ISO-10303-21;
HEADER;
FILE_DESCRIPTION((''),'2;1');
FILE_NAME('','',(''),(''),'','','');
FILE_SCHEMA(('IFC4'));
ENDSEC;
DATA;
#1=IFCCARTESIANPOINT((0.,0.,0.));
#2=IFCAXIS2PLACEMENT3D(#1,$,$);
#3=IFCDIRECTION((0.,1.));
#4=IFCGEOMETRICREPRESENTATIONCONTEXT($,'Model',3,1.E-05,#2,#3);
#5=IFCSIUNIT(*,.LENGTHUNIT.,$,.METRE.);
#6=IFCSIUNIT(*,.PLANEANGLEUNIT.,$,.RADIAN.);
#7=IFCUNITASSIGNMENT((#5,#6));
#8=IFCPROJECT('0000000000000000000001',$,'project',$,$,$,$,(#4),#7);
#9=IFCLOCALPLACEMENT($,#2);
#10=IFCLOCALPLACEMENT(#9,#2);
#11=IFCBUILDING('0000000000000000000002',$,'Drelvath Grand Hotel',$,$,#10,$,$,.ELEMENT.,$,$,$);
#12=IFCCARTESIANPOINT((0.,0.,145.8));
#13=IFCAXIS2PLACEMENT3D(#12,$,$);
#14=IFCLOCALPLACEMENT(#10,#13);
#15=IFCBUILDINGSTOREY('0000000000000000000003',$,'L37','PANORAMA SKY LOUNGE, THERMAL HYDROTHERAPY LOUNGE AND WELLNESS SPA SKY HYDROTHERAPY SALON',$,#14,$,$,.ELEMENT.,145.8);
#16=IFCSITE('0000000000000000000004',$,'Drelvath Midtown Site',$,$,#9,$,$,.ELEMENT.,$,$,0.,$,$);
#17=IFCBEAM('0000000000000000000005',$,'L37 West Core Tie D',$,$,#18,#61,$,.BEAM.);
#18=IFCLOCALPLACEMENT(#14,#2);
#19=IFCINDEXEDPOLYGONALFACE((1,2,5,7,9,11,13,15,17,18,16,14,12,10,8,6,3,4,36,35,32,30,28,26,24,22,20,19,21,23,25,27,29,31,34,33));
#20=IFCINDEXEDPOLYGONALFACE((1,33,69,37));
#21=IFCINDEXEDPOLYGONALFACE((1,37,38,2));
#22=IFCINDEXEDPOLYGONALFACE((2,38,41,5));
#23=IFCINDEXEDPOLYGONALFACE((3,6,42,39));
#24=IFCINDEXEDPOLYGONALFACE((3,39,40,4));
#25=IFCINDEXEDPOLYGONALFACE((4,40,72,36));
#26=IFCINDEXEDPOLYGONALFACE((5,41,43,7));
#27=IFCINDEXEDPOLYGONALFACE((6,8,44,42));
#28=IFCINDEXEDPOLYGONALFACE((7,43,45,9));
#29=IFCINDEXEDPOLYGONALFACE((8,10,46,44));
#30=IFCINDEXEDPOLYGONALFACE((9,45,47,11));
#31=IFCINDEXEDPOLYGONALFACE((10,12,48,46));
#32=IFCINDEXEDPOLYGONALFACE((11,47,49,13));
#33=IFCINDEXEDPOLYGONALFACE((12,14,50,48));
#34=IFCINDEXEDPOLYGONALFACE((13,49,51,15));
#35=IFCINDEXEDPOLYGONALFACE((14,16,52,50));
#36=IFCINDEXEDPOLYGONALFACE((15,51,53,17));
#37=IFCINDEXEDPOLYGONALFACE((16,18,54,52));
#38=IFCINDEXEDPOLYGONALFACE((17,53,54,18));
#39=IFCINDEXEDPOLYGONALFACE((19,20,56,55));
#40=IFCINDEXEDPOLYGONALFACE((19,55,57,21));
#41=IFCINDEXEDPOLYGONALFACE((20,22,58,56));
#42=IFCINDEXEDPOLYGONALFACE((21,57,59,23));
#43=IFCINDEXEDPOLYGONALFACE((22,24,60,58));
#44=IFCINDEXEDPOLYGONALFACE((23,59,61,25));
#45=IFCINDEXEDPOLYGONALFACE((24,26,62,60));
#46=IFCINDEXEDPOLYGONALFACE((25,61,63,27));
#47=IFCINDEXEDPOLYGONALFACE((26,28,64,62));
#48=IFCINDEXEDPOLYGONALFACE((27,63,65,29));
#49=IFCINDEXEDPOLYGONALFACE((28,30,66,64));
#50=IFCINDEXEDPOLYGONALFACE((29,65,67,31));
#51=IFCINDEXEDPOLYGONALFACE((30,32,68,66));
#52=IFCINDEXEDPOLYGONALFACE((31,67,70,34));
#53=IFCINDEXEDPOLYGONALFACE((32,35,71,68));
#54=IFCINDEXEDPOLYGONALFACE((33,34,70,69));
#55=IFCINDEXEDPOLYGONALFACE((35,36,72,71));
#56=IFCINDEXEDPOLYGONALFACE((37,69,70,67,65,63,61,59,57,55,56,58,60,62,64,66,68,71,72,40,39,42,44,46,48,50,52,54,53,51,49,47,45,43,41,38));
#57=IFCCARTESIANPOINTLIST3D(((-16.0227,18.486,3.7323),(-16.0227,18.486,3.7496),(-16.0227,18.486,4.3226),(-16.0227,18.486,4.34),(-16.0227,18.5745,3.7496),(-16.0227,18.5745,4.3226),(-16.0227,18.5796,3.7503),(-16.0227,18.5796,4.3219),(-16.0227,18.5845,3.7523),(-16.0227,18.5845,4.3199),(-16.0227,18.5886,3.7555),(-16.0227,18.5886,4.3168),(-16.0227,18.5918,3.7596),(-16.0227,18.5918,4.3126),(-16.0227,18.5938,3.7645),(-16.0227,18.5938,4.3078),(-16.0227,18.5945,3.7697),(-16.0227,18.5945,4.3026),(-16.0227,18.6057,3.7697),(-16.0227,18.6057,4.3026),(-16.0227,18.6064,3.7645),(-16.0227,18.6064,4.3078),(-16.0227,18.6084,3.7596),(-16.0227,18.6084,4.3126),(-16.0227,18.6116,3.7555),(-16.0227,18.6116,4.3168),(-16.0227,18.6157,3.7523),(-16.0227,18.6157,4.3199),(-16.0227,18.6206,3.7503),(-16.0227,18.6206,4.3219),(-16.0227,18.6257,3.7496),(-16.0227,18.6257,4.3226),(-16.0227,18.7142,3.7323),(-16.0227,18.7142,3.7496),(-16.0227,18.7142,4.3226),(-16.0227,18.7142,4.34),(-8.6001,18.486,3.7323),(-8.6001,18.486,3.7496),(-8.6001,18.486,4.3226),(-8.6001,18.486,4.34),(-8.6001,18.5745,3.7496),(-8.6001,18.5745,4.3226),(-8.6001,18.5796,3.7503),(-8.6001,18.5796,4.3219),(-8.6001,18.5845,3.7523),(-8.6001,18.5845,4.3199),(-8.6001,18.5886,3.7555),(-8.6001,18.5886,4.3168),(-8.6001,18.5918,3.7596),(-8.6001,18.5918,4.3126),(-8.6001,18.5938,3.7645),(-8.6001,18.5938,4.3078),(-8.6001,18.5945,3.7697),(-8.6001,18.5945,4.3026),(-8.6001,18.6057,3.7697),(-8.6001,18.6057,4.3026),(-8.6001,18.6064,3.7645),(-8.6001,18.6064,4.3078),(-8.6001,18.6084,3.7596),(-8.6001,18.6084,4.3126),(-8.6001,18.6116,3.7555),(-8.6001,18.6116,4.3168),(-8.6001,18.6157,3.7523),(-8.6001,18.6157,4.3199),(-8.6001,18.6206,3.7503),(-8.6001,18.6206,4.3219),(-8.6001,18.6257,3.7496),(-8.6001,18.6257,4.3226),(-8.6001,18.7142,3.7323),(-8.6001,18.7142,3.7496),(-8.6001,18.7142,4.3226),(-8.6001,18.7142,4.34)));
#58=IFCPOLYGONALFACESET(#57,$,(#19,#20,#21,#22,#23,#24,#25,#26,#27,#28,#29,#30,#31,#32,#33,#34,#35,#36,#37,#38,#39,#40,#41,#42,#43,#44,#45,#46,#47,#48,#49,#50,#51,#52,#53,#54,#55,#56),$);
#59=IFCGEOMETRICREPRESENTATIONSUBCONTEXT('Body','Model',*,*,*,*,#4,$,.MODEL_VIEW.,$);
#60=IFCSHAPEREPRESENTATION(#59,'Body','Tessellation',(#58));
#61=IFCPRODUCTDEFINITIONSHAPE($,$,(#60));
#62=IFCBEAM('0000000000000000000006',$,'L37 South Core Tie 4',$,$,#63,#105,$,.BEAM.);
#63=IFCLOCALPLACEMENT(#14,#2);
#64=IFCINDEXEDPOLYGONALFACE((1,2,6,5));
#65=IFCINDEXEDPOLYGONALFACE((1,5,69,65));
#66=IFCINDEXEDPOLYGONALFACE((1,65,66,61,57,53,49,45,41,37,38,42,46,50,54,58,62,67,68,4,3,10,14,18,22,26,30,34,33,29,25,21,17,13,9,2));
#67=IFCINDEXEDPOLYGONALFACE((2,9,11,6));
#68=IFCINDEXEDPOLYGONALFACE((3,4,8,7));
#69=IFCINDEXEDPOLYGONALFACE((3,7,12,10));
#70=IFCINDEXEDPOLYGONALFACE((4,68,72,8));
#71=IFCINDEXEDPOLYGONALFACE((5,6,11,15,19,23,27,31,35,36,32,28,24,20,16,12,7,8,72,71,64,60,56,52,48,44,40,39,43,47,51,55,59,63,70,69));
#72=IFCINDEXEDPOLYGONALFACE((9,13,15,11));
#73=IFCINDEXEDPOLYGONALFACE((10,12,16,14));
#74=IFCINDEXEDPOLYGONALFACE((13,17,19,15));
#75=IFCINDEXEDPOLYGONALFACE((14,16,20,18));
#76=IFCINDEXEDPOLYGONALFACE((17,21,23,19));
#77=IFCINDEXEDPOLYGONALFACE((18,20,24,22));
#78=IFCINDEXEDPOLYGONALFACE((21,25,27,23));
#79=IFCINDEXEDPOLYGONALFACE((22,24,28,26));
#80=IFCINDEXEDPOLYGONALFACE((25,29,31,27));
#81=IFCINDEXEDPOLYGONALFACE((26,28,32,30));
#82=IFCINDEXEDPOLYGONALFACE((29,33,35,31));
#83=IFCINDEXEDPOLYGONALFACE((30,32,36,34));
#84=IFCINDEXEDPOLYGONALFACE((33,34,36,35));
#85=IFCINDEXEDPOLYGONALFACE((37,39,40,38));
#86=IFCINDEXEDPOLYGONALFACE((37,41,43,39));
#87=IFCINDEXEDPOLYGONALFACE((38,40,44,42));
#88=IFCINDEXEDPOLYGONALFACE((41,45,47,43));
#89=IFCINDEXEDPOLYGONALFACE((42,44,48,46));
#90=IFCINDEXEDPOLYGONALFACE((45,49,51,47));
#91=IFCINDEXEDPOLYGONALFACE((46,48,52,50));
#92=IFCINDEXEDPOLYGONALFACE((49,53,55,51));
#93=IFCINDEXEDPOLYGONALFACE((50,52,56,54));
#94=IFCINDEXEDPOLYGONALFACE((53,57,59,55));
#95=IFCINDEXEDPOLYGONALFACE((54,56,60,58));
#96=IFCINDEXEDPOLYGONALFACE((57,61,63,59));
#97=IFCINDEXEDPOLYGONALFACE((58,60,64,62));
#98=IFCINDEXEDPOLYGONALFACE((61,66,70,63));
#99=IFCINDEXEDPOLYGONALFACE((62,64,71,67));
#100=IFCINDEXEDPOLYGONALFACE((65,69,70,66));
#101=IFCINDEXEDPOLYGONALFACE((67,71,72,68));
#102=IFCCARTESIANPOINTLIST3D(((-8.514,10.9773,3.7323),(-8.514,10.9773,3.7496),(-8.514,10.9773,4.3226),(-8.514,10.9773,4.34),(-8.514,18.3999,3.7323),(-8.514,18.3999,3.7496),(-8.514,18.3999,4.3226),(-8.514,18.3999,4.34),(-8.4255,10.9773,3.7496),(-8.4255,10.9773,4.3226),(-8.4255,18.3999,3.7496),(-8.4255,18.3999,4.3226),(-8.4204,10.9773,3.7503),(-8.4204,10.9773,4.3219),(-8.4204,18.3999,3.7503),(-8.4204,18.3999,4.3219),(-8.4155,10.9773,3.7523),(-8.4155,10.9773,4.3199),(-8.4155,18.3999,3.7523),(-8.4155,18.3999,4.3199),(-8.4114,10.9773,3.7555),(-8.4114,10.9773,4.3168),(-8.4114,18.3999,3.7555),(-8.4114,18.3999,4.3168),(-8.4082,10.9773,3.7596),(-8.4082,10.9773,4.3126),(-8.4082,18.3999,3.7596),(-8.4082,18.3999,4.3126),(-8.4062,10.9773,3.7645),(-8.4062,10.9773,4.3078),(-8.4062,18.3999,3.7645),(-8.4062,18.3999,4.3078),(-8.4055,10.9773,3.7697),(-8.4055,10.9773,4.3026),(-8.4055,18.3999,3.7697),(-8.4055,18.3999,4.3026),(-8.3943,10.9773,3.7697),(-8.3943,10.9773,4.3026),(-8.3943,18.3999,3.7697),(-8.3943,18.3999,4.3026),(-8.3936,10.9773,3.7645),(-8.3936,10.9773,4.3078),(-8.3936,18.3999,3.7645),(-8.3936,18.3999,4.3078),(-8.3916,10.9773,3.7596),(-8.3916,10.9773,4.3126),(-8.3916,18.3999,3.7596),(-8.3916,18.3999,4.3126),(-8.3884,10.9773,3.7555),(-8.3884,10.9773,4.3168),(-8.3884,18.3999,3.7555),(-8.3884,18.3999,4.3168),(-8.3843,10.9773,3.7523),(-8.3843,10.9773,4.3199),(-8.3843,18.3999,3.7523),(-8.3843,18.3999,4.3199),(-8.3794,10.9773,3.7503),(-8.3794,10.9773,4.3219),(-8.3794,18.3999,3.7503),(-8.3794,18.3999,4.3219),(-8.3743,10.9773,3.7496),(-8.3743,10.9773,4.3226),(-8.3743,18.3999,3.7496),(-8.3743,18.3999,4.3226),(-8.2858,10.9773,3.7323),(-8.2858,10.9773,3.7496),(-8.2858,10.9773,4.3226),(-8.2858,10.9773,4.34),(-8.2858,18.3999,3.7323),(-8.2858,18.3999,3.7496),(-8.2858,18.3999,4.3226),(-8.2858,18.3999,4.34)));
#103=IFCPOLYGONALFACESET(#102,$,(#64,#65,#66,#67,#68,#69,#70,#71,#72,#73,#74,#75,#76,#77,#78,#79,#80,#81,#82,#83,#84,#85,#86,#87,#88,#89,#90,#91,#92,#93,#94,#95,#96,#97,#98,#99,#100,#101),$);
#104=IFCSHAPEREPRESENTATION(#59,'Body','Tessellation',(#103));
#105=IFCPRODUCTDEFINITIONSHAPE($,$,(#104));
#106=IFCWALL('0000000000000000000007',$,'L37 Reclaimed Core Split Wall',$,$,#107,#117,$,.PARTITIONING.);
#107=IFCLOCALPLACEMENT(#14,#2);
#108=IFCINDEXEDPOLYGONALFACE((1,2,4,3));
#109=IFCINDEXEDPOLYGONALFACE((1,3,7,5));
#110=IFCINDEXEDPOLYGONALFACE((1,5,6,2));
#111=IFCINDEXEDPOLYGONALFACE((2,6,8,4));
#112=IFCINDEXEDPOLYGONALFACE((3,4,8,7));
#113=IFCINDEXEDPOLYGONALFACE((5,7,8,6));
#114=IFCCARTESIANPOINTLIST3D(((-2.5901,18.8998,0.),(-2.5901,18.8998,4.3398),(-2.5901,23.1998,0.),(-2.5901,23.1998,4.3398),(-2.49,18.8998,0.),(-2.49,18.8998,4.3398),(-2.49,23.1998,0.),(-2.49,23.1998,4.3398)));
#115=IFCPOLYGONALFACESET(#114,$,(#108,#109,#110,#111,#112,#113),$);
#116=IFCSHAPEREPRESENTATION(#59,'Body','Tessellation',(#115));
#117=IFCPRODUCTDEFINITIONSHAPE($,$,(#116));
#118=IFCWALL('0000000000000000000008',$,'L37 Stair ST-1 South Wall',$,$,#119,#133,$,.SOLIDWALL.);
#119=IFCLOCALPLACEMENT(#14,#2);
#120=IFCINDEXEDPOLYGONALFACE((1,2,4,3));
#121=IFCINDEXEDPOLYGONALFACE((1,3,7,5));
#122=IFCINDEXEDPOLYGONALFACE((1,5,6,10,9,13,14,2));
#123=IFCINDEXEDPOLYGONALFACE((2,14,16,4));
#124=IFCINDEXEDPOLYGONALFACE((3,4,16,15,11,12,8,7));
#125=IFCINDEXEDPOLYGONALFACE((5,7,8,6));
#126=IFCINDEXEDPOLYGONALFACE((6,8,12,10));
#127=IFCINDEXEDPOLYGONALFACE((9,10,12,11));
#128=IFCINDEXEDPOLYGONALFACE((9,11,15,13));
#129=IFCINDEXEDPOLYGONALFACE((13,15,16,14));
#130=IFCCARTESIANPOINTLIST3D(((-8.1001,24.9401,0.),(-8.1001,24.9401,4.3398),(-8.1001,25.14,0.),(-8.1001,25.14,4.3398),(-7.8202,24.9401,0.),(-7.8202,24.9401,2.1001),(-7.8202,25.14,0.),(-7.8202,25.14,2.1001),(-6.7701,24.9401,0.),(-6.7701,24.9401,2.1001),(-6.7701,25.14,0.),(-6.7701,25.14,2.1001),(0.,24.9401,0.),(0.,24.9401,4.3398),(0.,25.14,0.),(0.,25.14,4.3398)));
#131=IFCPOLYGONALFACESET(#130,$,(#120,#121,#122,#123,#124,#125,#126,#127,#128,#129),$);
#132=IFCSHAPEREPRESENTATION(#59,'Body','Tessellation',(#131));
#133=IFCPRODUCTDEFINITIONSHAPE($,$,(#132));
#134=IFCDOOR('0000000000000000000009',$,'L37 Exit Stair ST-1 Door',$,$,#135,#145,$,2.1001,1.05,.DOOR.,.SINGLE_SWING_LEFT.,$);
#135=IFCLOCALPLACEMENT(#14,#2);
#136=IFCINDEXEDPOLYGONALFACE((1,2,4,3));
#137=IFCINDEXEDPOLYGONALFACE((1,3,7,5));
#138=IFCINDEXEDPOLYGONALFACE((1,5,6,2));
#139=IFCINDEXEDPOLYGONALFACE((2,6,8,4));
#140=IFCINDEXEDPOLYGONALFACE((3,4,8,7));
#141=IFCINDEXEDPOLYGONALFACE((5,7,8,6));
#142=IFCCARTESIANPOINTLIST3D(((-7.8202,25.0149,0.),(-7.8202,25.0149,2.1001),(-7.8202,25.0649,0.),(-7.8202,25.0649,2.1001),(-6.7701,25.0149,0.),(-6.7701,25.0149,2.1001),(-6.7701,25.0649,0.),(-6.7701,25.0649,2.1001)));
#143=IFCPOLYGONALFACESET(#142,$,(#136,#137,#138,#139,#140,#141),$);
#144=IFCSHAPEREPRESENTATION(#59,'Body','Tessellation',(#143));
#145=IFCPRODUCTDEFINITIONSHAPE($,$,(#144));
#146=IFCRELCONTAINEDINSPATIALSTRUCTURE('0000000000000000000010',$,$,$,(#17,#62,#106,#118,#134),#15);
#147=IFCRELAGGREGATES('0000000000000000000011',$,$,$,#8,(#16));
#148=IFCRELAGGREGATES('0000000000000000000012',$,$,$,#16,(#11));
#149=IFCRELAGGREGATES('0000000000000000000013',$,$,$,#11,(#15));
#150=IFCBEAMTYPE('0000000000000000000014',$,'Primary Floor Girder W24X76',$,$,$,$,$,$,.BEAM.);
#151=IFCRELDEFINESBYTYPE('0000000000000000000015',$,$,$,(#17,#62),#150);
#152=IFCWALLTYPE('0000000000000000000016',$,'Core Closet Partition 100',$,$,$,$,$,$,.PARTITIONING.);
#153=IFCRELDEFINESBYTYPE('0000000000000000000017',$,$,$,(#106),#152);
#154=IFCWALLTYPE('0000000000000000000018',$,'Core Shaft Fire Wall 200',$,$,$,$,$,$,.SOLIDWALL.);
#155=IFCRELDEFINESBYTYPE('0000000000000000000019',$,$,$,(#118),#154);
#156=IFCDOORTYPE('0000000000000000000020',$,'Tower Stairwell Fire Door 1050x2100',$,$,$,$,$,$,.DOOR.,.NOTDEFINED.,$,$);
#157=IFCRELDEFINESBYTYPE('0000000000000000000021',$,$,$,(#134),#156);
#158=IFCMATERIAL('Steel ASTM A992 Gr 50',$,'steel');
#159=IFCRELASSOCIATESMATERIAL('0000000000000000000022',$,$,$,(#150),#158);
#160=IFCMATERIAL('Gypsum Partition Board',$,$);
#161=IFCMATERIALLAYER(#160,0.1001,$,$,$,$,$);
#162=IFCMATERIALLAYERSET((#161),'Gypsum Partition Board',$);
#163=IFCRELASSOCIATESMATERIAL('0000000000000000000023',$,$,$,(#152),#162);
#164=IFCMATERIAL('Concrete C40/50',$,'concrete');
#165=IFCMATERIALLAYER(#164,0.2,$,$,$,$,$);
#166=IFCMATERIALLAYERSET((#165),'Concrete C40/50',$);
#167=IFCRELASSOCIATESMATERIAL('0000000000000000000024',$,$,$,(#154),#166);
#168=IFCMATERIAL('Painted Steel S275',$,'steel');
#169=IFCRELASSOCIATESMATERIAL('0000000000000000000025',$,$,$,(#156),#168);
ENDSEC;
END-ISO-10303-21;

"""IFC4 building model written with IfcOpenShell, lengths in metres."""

from ifc_helpers import new_model, si_unit, direction, frame, frame_2d, origin, origin_2d, place, context, subcontext, project, spatial, rectangle, i_section, extrude, material, layer, layer_set, material_profile, profile_set, type_object, element, fill, save


model = new_model("IFC4")

# Units and contexts
model_context = context("Model", 3, precision=1e-05, world=origin(), true_north=direction((0.0, 1.0)))
body_context = subcontext(model_context, "Body", "Model", "MODEL_VIEW")
ifc_project = project(units=[si_unit("LENGTHUNIT", "METRE"), si_unit("PLANEANGLEUNIT", "RADIAN")], contexts=[model_context])

# Site, building, storey
site_placement = place(None, origin())
site = spatial("IfcSite", under=ifc_project, at=site_placement, Name="Drelvath Midtown Site", CompositionType="ELEMENT", RefElevation=0.0)
building_placement = place(site_placement, origin())
building = spatial("IfcBuilding", under=site, at=building_placement, Name="Drelvath Grand Hotel", CompositionType="ELEMENT")
storey_placement = place(building_placement, frame((0.0, 0.0, 145.8)))
storey = spatial("IfcBuildingStorey", under=building, at=storey_placement, Name="L37", Description="PANORAMA SKY LOUNGE, THERMAL HYDROTHERAPY LOUNGE AND WELLNESS SPA SKY HYDROTHERAPY SALON", CompositionType="ELEMENT", Elevation=145.8)

# Shared definitions
ifc_material_1 = material(Name="Steel ASTM A992 Gr 50", Category="steel")

# Beams
ifc_material_profile_1 = material_profile(ifc_material_1, i_section(OverallWidth=0.2283, OverallDepth=0.6077, WebThickness=0.0112, FlangeThickness=0.0173, FilletRadius=0.02, at=origin_2d()), Name="W24X76")
ifc_profile_set_1 = profile_set([ifc_material_profile_1], Name="Steel ASTM A992 Gr 50")
beam_type_1 = type_object("IfcBeamType", Name="Primary Floor Girder W24X76", PredefinedType="BEAM", material=ifc_profile_set_1)
for number, where, z_axis, x_axis, name in (
    (1, (-16.0227, 18.6001, 4.0361), (1.0, 0.0, 0.0), (0.0, 1.0, 0.0), "L37 West Core Tie D"),
    (2, (-8.3999, 10.9773, 4.0361), (0.0, 1.0, 0.0), (-1.0, 0.0, 0.0), "L37 South Core Tie 4"),
):
    element("IfcBeam", number, at=place(storey_placement, frame(where, z_axis=z_axis, x_axis=x_axis)), inside=storey, type_object=beam_type_1, Name=name, PredefinedType="BEAM", context=body_context, shape_type="SweptSolid", body=[
        extrude(i_section(OverallWidth=0.2283, OverallDepth=0.6077, WebThickness=0.0112, FlangeThickness=0.0173, FilletRadius=0.02, at=origin_2d()), origin(), (0.0, 0.0, 1.0), 7.4226),
    ])

# Wall
ifc_material_2 = material(Name="Gypsum Partition Board")
ifc_layer_1 = layer(ifc_material_2, 0.1001)
ifc_layer_set_1 = layer_set([ifc_layer_1], Name="Gypsum Partition Board")
wall_type_1 = type_object("IfcWallType", Name="Core Closet Partition 100", PredefinedType="PARTITIONING", material=ifc_layer_set_1)
wall_1_placement = place(storey_placement, frame((-2.54, 18.8999, 0.0), z_axis=(0.0, 0.0, 1.0), x_axis=(0.0, 1.0, 0.0)))
element("IfcWall", 3, at=wall_1_placement, inside=storey, type_object=wall_type_1, Name="L37 Reclaimed Core Split Wall", PredefinedType="PARTITIONING", context=body_context, shape_type="SweptSolid", body=[
    extrude(rectangle(XDim=4.3, YDim=0.1001, at=frame_2d((2.1499, 0.0))), origin(), (0.0, 0.0, 1.0), 4.3398),
])

# Wall, opening, door
ifc_material_3 = material(Name="Concrete C40/50", Category="concrete")
ifc_layer_2 = layer(ifc_material_3, 0.2)
ifc_layer_set_2 = layer_set([ifc_layer_2], Name="Concrete C40/50")
wall_type_2 = type_object("IfcWallType", Name="Core Shaft Fire Wall 200", PredefinedType="SOLIDWALL", material=ifc_layer_set_2)
wall_2_placement = place(storey_placement, frame((-8.1001, 25.04, 0.0), z_axis=(0.0, 0.0, 1.0), x_axis=(1.0, 0.0, 0.0)))
wall_2 = element("IfcWall", 4, at=wall_2_placement, inside=storey, type_object=wall_type_2, Name="L37 Stair ST-1 South Wall", PredefinedType="SOLIDWALL", context=body_context, shape_type="SweptSolid", body=[
    extrude(rectangle(XDim=8.1001, YDim=0.2, at=frame_2d((4.05, 0.0))), origin(), (0.0, 0.0, 1.0), 4.3398),
])
opening_1_placement = place(wall_2_placement, frame((0.28, 0.0, 0.0)))
opening_1 = element("IfcOpeningElement", 5, at=opening_1_placement, cuts=wall_2, PredefinedType="OPENING", context=body_context, shape_type="SweptSolid", body=[
    extrude(rectangle(XDim=1.05, YDim=2.1001, at=frame_2d((0.5249, 1.05))), frame((0.0, 0.1099, 0.0), z_axis=(0.0, -1.0, 0.0), x_axis=(1.0, 0.0, 0.0)), (0.0, 0.0, 1.0), 0.22),
])
ifc_material_4 = material(Name="Painted Steel S275", Category="steel")
door_type_1 = type_object("IfcDoorType", Name="Tower Stairwell Fire Door 1050x2100", OperationType="NOTDEFINED", PredefinedType="DOOR", material=ifc_material_4)
door_1_placement = place(opening_1_placement, origin())
door_1 = element("IfcDoor", 6, at=door_1_placement, inside=storey, type_object=door_type_1, Name="L37 Exit Stair ST-1 Door", OperationType="SINGLE_SWING_LEFT", OverallHeight=2.1001, OverallWidth=1.05, PredefinedType="DOOR", context=body_context, shape_type="SweptSolid", body=[
    extrude(rectangle(XDim=1.05, YDim=2.1001, at=frame_2d((0.5249, 1.05))), frame((0.0, 0.0249, 0.0), z_axis=(0.0, -1.0, 0.0), x_axis=(1.0, 0.0, 0.0)), (0.0, 0.0, 1.0), 0.05),
])
fill(opening_1, door_1)

save(model, "model.ifc")
